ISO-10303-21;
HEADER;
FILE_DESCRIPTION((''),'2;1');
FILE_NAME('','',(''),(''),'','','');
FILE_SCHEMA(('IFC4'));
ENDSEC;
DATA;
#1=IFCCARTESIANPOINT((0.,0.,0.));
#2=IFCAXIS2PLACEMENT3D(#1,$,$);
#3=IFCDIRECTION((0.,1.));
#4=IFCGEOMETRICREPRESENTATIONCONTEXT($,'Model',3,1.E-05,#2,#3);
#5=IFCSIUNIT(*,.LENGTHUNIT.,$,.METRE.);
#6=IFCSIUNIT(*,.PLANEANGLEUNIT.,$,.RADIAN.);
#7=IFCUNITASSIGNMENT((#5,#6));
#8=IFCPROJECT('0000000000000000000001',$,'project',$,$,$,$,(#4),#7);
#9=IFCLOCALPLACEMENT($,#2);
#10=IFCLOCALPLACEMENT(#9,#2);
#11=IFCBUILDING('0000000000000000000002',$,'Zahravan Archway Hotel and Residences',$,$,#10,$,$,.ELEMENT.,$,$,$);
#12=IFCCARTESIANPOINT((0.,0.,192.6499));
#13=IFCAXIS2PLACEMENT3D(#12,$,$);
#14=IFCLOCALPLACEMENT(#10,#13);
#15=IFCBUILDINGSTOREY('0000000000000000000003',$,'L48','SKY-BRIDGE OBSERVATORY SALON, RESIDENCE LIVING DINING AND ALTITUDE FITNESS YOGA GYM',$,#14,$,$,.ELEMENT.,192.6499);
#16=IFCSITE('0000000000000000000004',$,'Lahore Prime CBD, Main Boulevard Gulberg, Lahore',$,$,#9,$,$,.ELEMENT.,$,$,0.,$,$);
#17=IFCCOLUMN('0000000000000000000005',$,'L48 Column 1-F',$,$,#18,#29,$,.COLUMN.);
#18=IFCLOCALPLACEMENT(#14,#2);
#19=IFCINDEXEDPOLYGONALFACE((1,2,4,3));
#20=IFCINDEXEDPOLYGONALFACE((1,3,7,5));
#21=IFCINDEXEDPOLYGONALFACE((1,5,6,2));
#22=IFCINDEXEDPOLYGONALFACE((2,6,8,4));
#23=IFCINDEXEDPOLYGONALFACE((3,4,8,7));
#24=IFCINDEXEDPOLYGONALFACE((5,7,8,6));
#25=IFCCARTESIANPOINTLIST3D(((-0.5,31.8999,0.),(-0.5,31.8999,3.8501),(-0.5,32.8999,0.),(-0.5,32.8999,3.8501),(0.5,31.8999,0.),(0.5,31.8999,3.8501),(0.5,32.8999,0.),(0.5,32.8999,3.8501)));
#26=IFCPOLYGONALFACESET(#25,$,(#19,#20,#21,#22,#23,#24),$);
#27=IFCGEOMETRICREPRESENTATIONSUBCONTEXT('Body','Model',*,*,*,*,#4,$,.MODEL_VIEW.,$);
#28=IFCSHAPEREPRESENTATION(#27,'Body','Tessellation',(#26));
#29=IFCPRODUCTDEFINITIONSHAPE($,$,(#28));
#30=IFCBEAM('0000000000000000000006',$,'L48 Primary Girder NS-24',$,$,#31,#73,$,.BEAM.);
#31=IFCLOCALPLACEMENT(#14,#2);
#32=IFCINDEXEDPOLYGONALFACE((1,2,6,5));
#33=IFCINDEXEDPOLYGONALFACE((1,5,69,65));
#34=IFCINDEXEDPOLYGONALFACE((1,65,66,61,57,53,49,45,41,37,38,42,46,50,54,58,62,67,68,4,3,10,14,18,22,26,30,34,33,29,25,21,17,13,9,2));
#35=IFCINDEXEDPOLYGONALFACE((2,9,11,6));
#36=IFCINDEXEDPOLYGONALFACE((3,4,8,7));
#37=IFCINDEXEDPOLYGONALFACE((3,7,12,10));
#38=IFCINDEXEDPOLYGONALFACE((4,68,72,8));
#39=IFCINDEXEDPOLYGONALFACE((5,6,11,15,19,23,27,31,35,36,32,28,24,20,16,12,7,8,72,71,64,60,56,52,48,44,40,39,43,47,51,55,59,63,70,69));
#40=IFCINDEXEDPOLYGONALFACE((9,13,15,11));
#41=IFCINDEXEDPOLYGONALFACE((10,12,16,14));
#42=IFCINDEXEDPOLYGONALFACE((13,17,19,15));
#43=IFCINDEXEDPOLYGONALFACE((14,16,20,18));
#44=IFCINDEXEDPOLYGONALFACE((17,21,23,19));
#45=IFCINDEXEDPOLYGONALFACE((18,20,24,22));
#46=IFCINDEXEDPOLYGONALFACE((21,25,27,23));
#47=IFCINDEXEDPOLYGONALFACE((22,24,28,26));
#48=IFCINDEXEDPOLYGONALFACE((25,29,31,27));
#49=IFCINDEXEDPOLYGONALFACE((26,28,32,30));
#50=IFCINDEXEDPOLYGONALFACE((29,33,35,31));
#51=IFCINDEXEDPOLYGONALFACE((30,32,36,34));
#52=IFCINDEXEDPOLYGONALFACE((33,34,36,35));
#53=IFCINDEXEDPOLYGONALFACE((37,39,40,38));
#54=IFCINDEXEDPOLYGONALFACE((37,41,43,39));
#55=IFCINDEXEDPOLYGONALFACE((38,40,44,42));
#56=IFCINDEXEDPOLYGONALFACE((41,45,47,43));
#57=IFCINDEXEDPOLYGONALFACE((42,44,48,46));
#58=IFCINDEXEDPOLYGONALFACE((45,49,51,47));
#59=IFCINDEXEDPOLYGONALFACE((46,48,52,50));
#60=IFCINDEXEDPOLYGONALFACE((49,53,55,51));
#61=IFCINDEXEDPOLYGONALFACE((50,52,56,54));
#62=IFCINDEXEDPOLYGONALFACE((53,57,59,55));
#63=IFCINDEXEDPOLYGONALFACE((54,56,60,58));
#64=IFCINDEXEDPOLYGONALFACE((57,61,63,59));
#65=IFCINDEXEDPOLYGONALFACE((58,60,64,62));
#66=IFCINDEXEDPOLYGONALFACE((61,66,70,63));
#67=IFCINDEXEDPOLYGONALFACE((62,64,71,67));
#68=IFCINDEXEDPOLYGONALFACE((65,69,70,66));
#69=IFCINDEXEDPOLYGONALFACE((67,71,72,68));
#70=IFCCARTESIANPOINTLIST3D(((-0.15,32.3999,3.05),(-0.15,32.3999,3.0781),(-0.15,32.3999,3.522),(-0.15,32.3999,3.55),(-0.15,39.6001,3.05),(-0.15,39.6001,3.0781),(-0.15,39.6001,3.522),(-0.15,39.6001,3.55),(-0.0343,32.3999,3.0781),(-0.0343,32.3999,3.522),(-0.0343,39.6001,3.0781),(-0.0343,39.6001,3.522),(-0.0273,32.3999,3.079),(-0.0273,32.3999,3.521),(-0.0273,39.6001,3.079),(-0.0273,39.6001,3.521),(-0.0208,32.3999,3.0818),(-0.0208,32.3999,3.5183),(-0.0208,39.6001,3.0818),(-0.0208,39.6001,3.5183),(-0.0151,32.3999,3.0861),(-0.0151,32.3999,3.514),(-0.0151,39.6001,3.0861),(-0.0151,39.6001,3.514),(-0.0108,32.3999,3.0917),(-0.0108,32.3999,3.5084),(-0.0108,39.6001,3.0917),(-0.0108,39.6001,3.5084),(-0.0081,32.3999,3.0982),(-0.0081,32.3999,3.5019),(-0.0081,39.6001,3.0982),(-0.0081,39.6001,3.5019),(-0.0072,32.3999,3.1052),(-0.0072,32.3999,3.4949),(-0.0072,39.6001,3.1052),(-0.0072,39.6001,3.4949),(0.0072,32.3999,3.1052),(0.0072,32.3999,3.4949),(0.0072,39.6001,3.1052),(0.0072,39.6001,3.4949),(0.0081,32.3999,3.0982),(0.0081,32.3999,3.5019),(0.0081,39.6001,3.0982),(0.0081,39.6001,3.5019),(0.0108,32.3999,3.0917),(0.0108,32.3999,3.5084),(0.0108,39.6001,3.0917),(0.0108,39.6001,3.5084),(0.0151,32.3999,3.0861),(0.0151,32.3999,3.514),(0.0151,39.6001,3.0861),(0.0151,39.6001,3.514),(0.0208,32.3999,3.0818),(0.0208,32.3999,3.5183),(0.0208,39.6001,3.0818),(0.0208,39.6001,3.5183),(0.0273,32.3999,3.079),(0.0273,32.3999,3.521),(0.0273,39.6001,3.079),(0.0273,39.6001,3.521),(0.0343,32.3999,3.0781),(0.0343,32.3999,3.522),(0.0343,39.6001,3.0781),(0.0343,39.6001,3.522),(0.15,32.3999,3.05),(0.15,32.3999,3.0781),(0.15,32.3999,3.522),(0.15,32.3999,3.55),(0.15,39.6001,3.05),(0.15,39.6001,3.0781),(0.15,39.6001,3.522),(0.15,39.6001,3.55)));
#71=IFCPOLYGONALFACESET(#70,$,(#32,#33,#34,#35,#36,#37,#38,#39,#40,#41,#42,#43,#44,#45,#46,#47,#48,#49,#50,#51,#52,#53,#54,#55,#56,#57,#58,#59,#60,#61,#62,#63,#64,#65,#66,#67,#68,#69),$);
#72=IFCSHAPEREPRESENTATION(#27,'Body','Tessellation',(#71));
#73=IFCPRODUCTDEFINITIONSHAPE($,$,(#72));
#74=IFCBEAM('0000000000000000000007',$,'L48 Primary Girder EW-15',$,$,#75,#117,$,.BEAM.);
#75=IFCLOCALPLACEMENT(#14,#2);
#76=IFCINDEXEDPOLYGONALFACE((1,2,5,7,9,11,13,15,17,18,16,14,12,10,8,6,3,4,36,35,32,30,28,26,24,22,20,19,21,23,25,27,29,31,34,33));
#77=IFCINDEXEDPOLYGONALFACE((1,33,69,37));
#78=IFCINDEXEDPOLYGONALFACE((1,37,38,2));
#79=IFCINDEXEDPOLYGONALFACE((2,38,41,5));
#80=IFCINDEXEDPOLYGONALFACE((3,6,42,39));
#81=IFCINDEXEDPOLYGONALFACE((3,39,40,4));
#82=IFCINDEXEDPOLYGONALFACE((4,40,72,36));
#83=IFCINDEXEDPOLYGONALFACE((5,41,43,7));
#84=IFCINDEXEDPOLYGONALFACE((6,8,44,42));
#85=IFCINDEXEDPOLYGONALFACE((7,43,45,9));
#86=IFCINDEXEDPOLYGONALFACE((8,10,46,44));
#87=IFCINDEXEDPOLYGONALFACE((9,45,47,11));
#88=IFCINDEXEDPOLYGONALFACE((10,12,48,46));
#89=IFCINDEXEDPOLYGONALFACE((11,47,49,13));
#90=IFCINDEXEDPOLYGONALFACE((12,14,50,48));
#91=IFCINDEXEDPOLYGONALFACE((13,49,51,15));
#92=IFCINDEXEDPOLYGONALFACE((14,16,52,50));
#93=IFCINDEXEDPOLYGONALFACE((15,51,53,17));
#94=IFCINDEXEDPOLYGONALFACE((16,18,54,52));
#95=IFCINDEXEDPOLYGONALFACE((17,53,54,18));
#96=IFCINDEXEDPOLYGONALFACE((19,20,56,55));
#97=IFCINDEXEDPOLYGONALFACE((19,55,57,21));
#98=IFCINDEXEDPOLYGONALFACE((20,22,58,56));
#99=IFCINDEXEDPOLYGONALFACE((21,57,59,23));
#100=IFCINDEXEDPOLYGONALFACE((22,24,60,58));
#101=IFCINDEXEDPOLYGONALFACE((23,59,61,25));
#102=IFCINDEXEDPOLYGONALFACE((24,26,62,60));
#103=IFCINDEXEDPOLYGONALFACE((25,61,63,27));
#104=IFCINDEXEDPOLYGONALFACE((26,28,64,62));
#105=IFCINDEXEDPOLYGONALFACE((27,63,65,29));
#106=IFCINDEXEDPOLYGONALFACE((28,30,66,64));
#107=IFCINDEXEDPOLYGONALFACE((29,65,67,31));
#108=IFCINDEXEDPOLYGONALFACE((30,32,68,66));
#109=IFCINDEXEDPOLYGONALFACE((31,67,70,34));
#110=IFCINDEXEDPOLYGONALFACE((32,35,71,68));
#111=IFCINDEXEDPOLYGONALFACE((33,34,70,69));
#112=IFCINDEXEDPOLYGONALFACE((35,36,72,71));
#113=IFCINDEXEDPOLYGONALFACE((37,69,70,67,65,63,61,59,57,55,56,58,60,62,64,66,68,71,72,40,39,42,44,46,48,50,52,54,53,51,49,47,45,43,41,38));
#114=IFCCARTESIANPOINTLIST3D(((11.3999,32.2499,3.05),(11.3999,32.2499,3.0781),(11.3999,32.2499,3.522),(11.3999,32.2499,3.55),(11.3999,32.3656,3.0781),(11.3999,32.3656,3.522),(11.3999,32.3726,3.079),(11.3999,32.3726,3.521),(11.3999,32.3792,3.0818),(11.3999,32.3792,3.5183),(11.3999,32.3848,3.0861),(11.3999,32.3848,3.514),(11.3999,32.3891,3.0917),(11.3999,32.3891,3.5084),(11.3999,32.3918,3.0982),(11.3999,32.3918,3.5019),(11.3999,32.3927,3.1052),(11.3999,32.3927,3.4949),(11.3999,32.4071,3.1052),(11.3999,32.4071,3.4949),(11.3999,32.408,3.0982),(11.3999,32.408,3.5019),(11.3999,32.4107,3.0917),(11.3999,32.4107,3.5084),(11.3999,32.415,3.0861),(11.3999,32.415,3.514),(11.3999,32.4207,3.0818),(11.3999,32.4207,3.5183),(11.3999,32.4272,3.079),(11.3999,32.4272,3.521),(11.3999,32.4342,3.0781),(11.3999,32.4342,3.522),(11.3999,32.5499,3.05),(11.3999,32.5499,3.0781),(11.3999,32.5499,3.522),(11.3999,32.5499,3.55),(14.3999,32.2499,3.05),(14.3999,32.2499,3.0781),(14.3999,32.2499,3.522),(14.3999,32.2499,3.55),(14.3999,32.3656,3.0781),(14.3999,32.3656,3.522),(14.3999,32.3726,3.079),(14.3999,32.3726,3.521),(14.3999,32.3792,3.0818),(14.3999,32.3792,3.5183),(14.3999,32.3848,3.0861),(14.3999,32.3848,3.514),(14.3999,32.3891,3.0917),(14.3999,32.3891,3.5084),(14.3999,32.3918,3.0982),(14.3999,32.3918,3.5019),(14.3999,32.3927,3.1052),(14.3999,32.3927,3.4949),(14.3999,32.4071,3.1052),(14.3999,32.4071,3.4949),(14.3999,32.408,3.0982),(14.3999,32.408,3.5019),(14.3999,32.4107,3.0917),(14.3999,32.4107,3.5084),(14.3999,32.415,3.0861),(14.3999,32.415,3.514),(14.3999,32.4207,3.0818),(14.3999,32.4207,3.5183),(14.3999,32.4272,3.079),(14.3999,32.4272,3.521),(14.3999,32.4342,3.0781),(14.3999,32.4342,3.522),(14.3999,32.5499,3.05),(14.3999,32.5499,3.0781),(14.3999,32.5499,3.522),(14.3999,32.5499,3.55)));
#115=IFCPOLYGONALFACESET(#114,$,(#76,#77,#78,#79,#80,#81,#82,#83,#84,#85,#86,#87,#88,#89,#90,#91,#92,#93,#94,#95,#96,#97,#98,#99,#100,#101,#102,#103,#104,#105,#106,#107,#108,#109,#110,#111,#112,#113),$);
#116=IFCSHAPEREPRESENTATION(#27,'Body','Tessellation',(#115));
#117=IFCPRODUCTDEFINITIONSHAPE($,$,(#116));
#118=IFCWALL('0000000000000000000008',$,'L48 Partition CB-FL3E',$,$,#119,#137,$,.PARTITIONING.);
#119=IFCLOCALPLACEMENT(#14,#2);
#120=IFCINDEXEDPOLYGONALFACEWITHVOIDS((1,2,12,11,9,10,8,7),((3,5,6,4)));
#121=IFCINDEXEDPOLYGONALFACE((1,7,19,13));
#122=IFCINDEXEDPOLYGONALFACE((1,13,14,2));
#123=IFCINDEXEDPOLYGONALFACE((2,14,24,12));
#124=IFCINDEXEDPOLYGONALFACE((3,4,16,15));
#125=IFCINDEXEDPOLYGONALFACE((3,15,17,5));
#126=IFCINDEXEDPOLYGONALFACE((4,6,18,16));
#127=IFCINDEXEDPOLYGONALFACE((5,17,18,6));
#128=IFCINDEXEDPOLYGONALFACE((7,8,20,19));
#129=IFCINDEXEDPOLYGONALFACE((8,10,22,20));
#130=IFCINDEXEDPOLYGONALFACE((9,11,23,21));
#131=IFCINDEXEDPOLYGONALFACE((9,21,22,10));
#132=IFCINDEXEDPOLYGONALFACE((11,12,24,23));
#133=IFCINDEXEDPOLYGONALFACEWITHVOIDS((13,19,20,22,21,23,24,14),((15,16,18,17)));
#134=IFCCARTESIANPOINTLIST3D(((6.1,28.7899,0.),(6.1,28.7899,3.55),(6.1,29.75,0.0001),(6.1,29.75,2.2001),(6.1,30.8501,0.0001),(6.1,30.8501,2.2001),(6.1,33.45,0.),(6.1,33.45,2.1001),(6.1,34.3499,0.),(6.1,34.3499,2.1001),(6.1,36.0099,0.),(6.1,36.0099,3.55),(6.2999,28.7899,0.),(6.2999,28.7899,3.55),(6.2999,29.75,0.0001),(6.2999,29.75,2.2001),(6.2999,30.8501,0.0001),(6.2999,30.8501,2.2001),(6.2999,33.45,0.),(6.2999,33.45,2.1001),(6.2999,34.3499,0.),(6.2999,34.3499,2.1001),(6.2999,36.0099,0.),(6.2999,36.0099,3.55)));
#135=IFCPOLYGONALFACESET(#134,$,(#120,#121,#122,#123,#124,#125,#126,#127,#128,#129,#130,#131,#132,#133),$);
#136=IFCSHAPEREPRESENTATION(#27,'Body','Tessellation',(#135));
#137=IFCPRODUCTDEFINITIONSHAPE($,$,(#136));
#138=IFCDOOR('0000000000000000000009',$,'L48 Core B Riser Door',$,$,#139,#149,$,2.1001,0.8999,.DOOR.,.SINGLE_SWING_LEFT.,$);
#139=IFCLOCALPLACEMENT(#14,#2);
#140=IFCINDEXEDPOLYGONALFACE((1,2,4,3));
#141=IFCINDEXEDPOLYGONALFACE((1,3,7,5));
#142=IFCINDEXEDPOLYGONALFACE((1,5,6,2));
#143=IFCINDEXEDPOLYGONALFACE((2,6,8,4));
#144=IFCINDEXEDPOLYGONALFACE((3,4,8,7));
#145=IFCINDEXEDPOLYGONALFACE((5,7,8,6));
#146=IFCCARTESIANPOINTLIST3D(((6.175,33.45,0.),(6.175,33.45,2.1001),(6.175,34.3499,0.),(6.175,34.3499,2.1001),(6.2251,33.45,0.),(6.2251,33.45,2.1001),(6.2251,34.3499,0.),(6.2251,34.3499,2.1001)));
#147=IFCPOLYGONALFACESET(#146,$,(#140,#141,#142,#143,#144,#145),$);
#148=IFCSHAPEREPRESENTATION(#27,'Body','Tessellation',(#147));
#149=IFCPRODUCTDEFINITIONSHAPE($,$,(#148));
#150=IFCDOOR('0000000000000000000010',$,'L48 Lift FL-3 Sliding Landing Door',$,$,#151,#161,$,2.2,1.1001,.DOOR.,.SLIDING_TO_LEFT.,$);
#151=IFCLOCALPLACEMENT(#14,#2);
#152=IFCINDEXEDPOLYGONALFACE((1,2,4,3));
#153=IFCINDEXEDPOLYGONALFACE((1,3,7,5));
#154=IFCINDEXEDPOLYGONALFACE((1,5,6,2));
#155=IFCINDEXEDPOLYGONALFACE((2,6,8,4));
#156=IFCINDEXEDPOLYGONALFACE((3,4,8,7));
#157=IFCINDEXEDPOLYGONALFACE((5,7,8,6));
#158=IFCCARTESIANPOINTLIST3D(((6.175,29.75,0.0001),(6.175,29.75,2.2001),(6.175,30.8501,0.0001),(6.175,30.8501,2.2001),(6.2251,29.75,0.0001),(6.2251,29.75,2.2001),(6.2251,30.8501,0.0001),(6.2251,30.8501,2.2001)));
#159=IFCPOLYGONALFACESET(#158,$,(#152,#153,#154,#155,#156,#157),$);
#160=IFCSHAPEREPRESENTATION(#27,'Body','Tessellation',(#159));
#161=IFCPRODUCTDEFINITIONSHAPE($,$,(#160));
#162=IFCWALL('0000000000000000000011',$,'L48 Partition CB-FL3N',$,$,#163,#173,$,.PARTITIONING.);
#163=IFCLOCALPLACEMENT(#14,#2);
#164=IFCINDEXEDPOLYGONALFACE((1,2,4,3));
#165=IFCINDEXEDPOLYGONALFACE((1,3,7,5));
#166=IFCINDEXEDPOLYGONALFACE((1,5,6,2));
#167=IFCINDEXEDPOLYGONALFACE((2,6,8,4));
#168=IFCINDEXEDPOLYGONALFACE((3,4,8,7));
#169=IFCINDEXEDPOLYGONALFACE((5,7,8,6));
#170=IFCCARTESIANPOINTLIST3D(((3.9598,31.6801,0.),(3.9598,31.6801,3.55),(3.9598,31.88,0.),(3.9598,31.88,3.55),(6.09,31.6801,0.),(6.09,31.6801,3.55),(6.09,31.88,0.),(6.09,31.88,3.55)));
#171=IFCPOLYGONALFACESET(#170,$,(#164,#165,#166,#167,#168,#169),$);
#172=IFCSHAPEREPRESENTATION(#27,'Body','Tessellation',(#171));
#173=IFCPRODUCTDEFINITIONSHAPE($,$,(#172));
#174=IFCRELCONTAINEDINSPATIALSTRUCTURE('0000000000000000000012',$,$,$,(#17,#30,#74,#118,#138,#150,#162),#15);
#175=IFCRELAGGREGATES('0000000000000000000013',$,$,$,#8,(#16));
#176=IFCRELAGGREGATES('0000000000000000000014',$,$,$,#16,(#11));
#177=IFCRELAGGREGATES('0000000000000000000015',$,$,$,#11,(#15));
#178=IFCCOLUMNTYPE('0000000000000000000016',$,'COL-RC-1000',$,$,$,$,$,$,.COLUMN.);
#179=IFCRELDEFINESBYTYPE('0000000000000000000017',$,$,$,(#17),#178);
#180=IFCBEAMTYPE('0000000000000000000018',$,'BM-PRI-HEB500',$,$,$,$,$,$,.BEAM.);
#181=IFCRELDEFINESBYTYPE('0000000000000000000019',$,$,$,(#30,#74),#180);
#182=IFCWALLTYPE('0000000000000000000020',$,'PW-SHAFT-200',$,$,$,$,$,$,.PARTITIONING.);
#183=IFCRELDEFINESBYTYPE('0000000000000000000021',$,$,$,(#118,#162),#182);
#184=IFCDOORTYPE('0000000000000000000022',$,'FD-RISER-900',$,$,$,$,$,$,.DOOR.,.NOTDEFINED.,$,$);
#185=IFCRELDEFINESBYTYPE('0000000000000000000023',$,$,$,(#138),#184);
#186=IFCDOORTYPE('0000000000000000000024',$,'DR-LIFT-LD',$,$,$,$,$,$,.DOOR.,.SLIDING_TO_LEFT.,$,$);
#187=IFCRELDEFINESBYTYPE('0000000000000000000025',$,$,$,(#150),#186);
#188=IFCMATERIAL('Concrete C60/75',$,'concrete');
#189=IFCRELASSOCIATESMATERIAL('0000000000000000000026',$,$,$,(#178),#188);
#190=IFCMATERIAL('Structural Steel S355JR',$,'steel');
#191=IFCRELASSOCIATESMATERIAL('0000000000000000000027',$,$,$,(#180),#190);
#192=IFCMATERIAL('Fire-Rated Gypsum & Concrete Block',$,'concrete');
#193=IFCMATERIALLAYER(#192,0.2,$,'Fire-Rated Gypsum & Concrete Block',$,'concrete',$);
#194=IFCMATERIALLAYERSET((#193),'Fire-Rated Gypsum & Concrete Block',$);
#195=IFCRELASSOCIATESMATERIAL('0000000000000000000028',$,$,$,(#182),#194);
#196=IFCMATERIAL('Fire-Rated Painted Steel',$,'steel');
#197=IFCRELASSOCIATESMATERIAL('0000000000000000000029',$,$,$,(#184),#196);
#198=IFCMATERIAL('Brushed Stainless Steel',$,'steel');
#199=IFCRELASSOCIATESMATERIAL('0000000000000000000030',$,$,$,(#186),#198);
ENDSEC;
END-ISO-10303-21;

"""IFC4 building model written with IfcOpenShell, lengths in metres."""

from ifc_helpers import new_model, si_unit, direction, frame, frame_2d, origin, origin_2d, place, context, subcontext, project, spatial, rectangle, i_section, extrude, source, transform, mapped, material, layer, layer_set, material_profile, profile_set, type_object, type_shapes, element, fill, save


model = new_model("IFC4")

# Units and contexts
model_context = context("Model", 3, precision=1e-05, world=origin(), true_north=direction((0.0, 1.0)))
body_context = subcontext(model_context, "Body", "Model", "MODEL_VIEW")
ifc_project = project(units=[si_unit("LENGTHUNIT", "METRE"), si_unit("PLANEANGLEUNIT", "RADIAN")], contexts=[model_context])

# Site, building, storey
site_placement = place(None, origin())
site = spatial("IfcSite", under=ifc_project, at=site_placement, Name="Lahore Prime CBD, Main Boulevard Gulberg, Lahore", CompositionType="ELEMENT", RefElevation=0.0)
building_placement = place(site_placement, origin())
building = spatial("IfcBuilding", under=site, at=building_placement, Name="Zahravan Archway Hotel and Residences", CompositionType="ELEMENT")
storey_placement = place(building_placement, frame((0.0, 0.0, 192.6499)))
storey = spatial("IfcBuildingStorey", under=building, at=storey_placement, Name="L48", Description="SKY-BRIDGE OBSERVATORY SALON, RESIDENCE LIVING DINING AND ALTITUDE FITNESS YOGA GYM", CompositionType="ELEMENT", Elevation=192.6499)

# Column
ifc_material_1 = material(Name="Concrete C60/75", Category="concrete")
ifc_material_profile_1 = material_profile(ifc_material_1, rectangle(XDim=1.0, YDim=1.0, at=origin_2d()), Name="RC-COL-1000x1000", Category="concrete")
ifc_profile_set_1 = profile_set([ifc_material_profile_1], Name="Concrete C60/75")
column_type = type_object("IfcColumnType", Name="COL-RC-1000", PredefinedType="COLUMN", material=ifc_profile_set_1)
shared_shape_1 = source(origin(), body_context, "Body", "SweptSolid", [
    extrude(rectangle(XDim=1.0, YDim=1.0, at=origin_2d()), origin(), (0.0, 0.0, 1.0), 3.8501),
])
column_placement = place(storey_placement, frame((0.0, 32.3999, 0.0), z_axis=(0.0, 0.0, 1.0), x_axis=(1.0, 0.0, 0.0)))
element("IfcColumn", 1, at=column_placement, inside=storey, type_object=column_type, Name="L48 Column 1-F", PredefinedType="COLUMN", context=body_context, shape_type="MappedRepresentation", body=[
    mapped(shared_shape_1, transform((0.0, 0.0, 0.0), scale=1.0)),
])

# Beams
ifc_material_2 = material(Name="Structural Steel S355JR", Category="steel")
ifc_material_profile_2 = material_profile(ifc_material_2, i_section(OverallWidth=0.3, OverallDepth=0.5, WebThickness=0.0144, FlangeThickness=0.0281, FilletRadius=0.0271, at=origin_2d()), Name="HEB 500", Category="steel")
ifc_profile_set_2 = profile_set([ifc_material_profile_2], Name="Structural Steel S355JR")
beam_type = type_object("IfcBeamType", Name="BM-PRI-HEB500", PredefinedType="BEAM", material=ifc_profile_set_2)
shared_shape_2 = source(origin(), body_context, "Body", "SweptSolid", [
    extrude(i_section(OverallWidth=0.3, OverallDepth=0.5, WebThickness=0.0144, FlangeThickness=0.0281, FilletRadius=0.0271, at=origin_2d()), origin(), (0.0, 0.0, 1.0), 7.2002),
])
type_shapes(beam_type, [shared_shape_2])
beam_1_placement = place(storey_placement, frame((0.0, 32.3999, 3.3), z_axis=(0.0, 1.0, 0.0), x_axis=(-1.0, 0.0, 0.0)))
element("IfcBeam", 2, at=beam_1_placement, inside=storey, type_object=beam_type, Name="L48 Primary Girder NS-24", PredefinedType="BEAM", context=body_context, shape_type="MappedRepresentation", body=[
    mapped(shared_shape_2, transform((0.0, 0.0, 0.0), scale=1.0)),
])
shared_shape_3 = source(origin(), body_context, "Body", "SweptSolid", [
    extrude(i_section(OverallWidth=0.3, OverallDepth=0.5, WebThickness=0.0144, FlangeThickness=0.0281, FilletRadius=0.0271, at=origin_2d()), origin(), (0.0, 0.0, 1.0), 3.0),
])
beam_2_placement = place(storey_placement, frame((11.3999, 32.3999, 3.3), z_axis=(1.0, 0.0, 0.0), x_axis=(0.0, 1.0, 0.0)))
element("IfcBeam", 3, at=beam_2_placement, inside=storey, type_object=beam_type, Name="L48 Primary Girder EW-15", PredefinedType="BEAM", context=body_context, shape_type="MappedRepresentation", body=[
    mapped(shared_shape_3, transform((0.0, 0.0, 0.0), scale=1.0)),
])

# Wall, openings, doors
ifc_material_3 = material(Name="Fire-Rated Gypsum & Concrete Block", Category="concrete")
ifc_layer_1 = layer(ifc_material_3, 0.2, Name="Fire-Rated Gypsum & Concrete Block", Category="concrete")
ifc_layer_set_1 = layer_set([ifc_layer_1], Name="Fire-Rated Gypsum & Concrete Block")
wall_type_1 = type_object("IfcWallType", Name="PW-SHAFT-200", PredefinedType="PARTITIONING", material=ifc_layer_set_1)
wall_1_placement = place(storey_placement, frame((6.2, 28.79, 0.0), z_axis=(0.0, 0.0, 1.0), x_axis=(0.0, 1.0, 0.0)))
wall_1 = element("IfcWall", 4, at=wall_1_placement, inside=storey, type_object=wall_type_1, Name="L48 Partition CB-FL3E", PredefinedType="PARTITIONING", context=body_context, shape_type="SweptSolid", body=[
    extrude(rectangle(XDim=7.22, YDim=0.2, at=frame_2d((3.6099, 0.0))), origin(), (0.0, 0.0, 1.0), 3.55),
])
opening_1_placement = place(wall_1_placement, frame((4.6599, 0.0, 0.0)))
opening_1 = element("IfcOpeningElement", 5, at=opening_1_placement, cuts=wall_1, PredefinedType="OPENING", context=body_context, shape_type="SweptSolid", body=[
    extrude(rectangle(XDim=0.8999, YDim=2.1001, at=frame_2d((0.45, 1.05))), frame((0.0, 0.1099, 0.0), z_axis=(0.0, -1.0, 0.0), x_axis=(1.0, 0.0, 0.0)), (0.0, 0.0, 1.0), 0.22),
])
opening_2_placement = place(wall_1_placement, frame((0.96, 0.0, 0.0)))
opening_2 = element("IfcOpeningElement", 6, at=opening_2_placement, cuts=wall_1, PredefinedType="OPENING", context=body_context, shape_type="SweptSolid", body=[
    extrude(rectangle(XDim=1.1001, YDim=2.2, at=frame_2d((0.55, 1.1001))), frame((0.0, 0.1099, 0.0), z_axis=(0.0, -1.0, 0.0), x_axis=(1.0, 0.0, 0.0)), (0.0, 0.0, 1.0), 0.22),
])
ifc_material_4 = material(Name="Fire-Rated Painted Steel", Category="steel")
door_type_1 = type_object("IfcDoorType", Name="FD-RISER-900", OperationType="NOTDEFINED", PredefinedType="DOOR", material=ifc_material_4)
shared_shape_4 = source(origin(), body_context, "Body", "SweptSolid", [
    extrude(rectangle(XDim=0.8999, YDim=2.1001, at=frame_2d((0.45, 1.05))), frame((0.0, 0.0249, 0.0), z_axis=(0.0, -1.0, 0.0), x_axis=(1.0, 0.0, 0.0)), (0.0, 0.0, 1.0), 0.05),
])
type_shapes(door_type_1, [shared_shape_4])
door_1_placement = place(opening_1_placement, origin())
door_1 = element("IfcDoor", 7, at=door_1_placement, inside=storey, type_object=door_type_1, Name="L48 Core B Riser Door", OperationType="SINGLE_SWING_LEFT", OverallHeight=2.1001, OverallWidth=0.8999, PredefinedType="DOOR", context=body_context, shape_type="MappedRepresentation", body=[
    mapped(shared_shape_4, transform((0.0, 0.0, 0.0), scale=1.0)),
])
fill(opening_1, door_1)
ifc_material_5 = material(Name="Brushed Stainless Steel", Category="steel")
door_type_2 = type_object("IfcDoorType", Name="DR-LIFT-LD", OperationType="SLIDING_TO_LEFT", PredefinedType="DOOR", material=ifc_material_5)
shared_shape_5 = source(origin(), body_context, "Body", "SweptSolid", [
    extrude(rectangle(XDim=1.1001, YDim=2.2, at=frame_2d((0.55, 1.1001))), frame((0.0, 0.0249, 0.0), z_axis=(0.0, -1.0, 0.0), x_axis=(1.0, 0.0, 0.0)), (0.0, 0.0, 1.0), 0.05),
])
type_shapes(door_type_2, [shared_shape_5])
door_2_placement = place(opening_2_placement, origin())
door_2 = element("IfcDoor", 8, at=door_2_placement, inside=storey, type_object=door_type_2, Name="L48 Lift FL-3 Sliding Landing Door", OperationType="SLIDING_TO_LEFT", OverallHeight=2.2, OverallWidth=1.1001, PredefinedType="DOOR", context=body_context, shape_type="MappedRepresentation", body=[
    mapped(shared_shape_5, transform((0.0, 0.0, 0.0), scale=1.0)),
])
fill(opening_2, door_2)

# Wall
wall_2_placement = place(storey_placement, frame((3.96, 31.78, 0.0), z_axis=(0.0, 0.0, 1.0), x_axis=(1.0, 0.0, 0.0)))
element("IfcWall", 9, at=wall_2_placement, inside=storey, type_object=wall_type_1, Name="L48 Partition CB-FL3N", PredefinedType="PARTITIONING", context=body_context, shape_type="SweptSolid", body=[
    extrude(rectangle(XDim=2.1301, YDim=0.2, at=frame_2d((1.0649, 0.0))), origin(), (0.0, 0.0, 1.0), 3.55),
])

save(model, "model.ifc")
